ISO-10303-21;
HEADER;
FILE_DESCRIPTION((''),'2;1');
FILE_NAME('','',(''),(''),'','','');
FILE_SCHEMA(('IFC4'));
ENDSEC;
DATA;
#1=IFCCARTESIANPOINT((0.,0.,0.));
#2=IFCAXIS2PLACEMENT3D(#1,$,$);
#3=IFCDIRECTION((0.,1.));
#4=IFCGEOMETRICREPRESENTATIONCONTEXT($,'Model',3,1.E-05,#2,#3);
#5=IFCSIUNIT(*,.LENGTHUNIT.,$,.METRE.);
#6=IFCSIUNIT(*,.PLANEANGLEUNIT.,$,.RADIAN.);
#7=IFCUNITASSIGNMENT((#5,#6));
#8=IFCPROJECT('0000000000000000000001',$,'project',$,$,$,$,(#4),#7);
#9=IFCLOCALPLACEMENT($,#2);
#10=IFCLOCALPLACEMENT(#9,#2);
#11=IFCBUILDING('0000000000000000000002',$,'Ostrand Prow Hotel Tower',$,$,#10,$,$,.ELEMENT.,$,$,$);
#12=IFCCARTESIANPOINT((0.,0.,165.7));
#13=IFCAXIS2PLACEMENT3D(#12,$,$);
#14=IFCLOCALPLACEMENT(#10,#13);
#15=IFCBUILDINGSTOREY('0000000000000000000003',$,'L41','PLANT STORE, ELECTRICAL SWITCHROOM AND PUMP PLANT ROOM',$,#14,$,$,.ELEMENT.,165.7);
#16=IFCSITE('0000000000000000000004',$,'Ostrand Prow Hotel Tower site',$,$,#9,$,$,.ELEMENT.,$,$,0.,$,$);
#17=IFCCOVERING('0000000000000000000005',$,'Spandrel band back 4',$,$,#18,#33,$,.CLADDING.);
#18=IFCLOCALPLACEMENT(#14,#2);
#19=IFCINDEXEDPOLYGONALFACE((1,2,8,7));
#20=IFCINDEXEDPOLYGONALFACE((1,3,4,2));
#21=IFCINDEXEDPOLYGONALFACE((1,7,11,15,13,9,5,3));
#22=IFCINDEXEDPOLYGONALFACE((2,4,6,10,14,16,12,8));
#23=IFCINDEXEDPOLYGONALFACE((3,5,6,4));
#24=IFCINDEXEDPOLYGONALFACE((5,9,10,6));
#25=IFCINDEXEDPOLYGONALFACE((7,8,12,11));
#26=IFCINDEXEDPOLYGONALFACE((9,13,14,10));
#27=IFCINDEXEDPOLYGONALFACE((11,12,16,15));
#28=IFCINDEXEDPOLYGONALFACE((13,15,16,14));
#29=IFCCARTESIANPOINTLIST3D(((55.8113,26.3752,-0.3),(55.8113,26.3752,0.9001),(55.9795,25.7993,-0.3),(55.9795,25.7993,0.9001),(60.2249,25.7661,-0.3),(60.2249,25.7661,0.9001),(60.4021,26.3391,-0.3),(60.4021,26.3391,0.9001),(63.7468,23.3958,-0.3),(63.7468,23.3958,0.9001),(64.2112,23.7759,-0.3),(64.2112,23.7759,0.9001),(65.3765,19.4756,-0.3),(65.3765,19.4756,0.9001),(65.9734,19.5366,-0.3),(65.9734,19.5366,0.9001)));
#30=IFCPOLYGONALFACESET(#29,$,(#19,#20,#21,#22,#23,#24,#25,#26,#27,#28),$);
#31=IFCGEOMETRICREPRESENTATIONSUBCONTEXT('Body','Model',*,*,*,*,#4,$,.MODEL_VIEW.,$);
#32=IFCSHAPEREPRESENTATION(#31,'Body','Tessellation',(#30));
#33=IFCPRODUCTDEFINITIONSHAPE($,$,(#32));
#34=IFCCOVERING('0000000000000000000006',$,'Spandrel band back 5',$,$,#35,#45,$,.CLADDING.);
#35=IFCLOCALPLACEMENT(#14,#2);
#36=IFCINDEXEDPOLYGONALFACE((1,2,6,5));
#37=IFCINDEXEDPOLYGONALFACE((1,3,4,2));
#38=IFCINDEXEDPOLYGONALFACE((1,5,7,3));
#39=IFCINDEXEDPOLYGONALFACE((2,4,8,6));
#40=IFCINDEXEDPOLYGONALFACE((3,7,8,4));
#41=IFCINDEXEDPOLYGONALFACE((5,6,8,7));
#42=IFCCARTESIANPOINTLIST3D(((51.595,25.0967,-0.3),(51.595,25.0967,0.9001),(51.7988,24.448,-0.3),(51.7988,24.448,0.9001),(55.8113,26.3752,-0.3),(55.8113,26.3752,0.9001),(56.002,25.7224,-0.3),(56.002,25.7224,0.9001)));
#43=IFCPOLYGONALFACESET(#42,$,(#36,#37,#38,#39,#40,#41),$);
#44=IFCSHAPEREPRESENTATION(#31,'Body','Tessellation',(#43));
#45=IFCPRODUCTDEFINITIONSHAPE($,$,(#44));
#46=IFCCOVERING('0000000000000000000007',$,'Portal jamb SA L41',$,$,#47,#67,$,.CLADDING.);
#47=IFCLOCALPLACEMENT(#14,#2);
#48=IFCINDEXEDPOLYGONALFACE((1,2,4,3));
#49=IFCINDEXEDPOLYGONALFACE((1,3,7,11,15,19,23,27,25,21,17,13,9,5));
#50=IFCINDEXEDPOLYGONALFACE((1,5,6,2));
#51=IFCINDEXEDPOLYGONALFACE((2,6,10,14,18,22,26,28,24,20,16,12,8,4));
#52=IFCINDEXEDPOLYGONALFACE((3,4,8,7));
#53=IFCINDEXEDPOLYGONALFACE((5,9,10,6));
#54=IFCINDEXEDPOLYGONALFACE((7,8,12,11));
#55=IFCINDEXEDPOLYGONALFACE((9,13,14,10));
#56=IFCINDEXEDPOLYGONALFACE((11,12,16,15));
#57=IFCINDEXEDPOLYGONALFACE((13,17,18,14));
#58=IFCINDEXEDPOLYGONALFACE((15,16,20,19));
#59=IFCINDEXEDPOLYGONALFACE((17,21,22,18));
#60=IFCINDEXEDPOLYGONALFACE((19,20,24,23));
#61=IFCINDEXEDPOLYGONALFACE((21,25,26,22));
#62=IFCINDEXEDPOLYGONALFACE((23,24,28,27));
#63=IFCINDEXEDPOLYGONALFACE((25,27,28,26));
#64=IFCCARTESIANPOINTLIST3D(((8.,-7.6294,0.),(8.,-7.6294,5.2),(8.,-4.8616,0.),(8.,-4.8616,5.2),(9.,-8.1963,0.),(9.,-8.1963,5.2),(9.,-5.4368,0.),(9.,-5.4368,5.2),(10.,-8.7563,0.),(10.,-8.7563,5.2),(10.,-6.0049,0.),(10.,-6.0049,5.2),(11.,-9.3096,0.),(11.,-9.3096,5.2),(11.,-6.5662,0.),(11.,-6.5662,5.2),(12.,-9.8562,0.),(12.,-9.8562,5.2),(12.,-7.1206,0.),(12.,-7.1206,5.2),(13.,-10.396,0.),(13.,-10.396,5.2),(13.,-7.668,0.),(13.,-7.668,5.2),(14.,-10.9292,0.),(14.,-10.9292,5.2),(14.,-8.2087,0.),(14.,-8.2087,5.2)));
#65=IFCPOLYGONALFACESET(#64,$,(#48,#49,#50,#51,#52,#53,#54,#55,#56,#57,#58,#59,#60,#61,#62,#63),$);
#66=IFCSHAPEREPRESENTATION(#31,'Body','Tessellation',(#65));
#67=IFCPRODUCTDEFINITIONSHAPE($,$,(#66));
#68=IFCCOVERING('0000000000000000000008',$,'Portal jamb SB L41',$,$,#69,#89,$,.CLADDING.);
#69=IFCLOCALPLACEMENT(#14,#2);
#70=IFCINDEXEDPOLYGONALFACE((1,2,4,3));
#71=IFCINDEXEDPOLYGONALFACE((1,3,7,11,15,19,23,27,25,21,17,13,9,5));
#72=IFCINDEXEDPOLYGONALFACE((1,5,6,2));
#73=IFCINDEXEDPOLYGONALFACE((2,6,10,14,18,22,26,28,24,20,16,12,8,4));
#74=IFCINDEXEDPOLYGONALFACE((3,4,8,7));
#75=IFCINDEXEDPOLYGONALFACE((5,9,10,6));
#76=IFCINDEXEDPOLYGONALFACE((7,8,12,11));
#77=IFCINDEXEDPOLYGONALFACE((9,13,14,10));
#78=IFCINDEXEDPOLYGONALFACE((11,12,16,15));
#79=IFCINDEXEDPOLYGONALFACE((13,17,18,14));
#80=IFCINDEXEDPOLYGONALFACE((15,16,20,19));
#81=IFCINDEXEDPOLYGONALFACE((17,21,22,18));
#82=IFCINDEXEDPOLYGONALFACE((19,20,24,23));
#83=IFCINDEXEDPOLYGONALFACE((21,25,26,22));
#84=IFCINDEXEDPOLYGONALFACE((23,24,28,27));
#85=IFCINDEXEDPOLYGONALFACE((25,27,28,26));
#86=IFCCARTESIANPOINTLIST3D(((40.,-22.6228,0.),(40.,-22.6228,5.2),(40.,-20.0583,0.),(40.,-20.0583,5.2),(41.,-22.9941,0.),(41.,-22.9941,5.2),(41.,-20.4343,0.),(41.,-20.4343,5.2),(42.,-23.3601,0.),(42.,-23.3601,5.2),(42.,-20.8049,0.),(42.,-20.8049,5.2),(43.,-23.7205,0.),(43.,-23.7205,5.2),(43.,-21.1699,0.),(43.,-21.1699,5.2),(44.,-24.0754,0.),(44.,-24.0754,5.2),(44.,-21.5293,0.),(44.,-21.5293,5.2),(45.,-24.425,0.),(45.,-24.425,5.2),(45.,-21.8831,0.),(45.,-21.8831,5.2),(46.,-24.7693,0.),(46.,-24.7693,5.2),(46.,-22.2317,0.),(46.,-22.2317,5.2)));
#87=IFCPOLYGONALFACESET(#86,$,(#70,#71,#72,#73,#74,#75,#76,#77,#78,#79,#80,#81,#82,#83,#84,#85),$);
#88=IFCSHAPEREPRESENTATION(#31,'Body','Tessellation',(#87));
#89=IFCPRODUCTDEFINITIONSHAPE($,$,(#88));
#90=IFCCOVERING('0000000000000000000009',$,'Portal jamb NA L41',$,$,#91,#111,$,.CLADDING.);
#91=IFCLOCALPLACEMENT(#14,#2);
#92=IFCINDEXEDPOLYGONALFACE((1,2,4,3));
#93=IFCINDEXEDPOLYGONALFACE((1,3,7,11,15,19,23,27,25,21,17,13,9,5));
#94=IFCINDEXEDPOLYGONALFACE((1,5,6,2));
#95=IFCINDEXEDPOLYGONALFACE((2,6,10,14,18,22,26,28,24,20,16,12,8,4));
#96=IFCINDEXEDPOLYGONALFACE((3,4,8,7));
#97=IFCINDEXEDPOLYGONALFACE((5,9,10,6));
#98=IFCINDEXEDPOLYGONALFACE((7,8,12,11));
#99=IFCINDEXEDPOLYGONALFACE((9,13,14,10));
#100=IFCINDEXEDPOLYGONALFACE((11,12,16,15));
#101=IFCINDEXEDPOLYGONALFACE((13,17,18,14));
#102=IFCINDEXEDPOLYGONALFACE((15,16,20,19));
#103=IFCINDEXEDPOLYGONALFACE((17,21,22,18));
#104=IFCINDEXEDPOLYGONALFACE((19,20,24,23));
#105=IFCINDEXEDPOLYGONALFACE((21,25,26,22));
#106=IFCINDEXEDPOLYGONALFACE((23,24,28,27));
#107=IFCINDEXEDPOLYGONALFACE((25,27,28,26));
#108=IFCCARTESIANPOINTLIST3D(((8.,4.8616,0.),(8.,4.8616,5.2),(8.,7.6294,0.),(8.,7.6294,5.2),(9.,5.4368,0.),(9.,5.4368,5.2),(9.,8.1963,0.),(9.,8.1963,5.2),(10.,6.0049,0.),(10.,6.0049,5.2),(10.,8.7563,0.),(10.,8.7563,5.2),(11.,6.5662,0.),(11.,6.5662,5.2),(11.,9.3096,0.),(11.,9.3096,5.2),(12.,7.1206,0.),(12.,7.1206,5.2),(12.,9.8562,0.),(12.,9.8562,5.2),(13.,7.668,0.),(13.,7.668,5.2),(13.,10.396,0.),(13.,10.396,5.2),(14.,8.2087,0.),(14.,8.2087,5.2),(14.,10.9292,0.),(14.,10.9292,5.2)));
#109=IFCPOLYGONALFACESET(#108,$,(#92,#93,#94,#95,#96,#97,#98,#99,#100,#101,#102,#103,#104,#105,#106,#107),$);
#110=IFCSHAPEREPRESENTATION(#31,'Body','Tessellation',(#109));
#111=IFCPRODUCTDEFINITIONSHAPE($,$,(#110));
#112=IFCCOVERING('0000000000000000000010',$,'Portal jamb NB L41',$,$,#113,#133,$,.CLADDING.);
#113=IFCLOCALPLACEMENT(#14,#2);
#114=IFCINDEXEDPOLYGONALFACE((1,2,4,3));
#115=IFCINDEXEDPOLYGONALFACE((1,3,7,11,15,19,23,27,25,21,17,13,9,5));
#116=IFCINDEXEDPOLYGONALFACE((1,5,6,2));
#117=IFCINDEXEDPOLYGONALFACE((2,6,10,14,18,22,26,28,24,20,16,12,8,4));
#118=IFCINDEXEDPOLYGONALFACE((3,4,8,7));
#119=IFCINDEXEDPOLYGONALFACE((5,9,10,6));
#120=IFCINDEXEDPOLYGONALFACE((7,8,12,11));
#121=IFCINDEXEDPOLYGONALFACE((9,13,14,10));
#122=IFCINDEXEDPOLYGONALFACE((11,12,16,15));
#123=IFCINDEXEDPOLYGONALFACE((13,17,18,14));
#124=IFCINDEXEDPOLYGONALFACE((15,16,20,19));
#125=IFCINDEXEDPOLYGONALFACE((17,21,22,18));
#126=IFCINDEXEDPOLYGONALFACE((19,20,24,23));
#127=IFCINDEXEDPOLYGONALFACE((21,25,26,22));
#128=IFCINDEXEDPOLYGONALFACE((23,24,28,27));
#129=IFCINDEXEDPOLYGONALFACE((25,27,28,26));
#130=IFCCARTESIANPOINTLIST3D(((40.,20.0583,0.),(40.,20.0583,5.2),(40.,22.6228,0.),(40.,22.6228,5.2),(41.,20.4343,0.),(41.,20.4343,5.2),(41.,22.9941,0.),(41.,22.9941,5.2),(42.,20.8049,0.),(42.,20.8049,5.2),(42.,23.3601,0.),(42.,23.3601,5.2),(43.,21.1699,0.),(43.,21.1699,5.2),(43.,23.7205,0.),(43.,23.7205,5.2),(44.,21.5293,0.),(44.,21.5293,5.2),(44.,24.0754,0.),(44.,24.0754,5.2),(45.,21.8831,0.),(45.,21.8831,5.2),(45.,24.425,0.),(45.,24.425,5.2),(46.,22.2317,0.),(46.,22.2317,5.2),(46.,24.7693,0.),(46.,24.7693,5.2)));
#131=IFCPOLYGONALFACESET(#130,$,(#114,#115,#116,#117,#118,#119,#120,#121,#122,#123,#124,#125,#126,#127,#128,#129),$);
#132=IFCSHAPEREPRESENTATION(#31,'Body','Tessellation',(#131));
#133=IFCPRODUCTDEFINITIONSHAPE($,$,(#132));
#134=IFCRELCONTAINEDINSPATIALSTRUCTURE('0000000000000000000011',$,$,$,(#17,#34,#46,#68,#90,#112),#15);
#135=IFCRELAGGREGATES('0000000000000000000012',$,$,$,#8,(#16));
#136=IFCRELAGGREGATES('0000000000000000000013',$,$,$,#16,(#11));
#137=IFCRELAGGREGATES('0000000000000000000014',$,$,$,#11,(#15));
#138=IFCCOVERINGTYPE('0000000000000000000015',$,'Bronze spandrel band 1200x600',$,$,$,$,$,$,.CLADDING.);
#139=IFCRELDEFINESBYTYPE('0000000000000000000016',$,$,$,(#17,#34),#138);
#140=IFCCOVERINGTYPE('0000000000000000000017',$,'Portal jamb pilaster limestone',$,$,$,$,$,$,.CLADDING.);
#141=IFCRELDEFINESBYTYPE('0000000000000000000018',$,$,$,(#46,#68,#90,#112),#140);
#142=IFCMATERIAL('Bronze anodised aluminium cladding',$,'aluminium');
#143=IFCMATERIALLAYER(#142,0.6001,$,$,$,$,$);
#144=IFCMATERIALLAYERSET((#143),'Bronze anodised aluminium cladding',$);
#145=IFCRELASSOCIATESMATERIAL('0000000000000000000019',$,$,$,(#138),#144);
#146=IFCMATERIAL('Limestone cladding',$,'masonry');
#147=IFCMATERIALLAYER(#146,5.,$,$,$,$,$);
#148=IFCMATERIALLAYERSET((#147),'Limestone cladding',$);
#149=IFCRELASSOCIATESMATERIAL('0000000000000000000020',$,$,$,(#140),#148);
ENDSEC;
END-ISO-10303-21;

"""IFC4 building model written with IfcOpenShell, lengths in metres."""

from ifc_helpers import new_model, si_unit, direction, frame, origin, place, context, subcontext, project, spatial, polyline, outline, extrude, material, layer, layer_set, type_object, element, save


model = new_model("IFC4")

# Units and contexts
model_context = context("Model", 3, precision=1e-05, world=origin(), true_north=direction((0.0, 1.0)))
body_context = subcontext(model_context, "Body", "Model", "MODEL_VIEW")
ifc_project = project(units=[si_unit("LENGTHUNIT", "METRE"), si_unit("PLANEANGLEUNIT", "RADIAN")], contexts=[model_context])

# Site, building, storey
site_placement = place(None, origin())
site = spatial("IfcSite", under=ifc_project, at=site_placement, Name="Ostrand Prow Hotel Tower site", CompositionType="ELEMENT", RefElevation=0.0)
building_placement = place(site_placement, origin())
building = spatial("IfcBuilding", under=site, at=building_placement, Name="Ostrand Prow Hotel Tower", CompositionType="ELEMENT")
storey_placement = place(building_placement, frame((0.0, 0.0, 165.7)))
storey = spatial("IfcBuildingStorey", under=building, at=storey_placement, Name="L41", Description="PLANT STORE, ELECTRICAL SWITCHROOM AND PUMP PLANT ROOM", CompositionType="ELEMENT", Elevation=165.7)

# Coverings
ifc_material_1 = material(Name="Bronze anodised aluminium cladding", Category="aluminium")
ifc_layer_1 = layer(ifc_material_1, 0.6001)
ifc_layer_set_1 = layer_set([ifc_layer_1], Name="Bronze anodised aluminium cladding")
covering_type_1 = type_object("IfcCoveringType", Name="Bronze spandrel band 1200x600", PredefinedType="CLADDING", material=ifc_layer_set_1)
covering_1_placement = place(storey_placement, frame((0.0, 0.0, -0.3)))
element("IfcCovering", 1, at=covering_1_placement, inside=storey, type_object=covering_type_1, Name="Spandrel band back 4", PredefinedType="CLADDING", context=body_context, shape_type="SweptSolid", body=[
    extrude(outline(polyline([(65.9734, 19.5366), (64.2112, 23.7759), (60.4021, 26.3391), (55.8113, 26.3752), (55.9795, 25.7993), (60.2249, 25.7661), (63.7468, 23.3958), (65.3765, 19.4756), (65.9734, 19.5366)])), origin(), (0.0, 0.0, 1.0), 1.2002),
])
covering_2_placement = place(storey_placement, frame((0.0, 0.0, -0.3)))
element("IfcCovering", 2, at=covering_2_placement, inside=storey, type_object=covering_type_1, Name="Spandrel band back 5", PredefinedType="CLADDING", context=body_context, shape_type="SweptSolid", body=[
    extrude(outline(polyline([(55.8113, 26.3752), (51.595, 25.0967), (51.7988, 24.448), (56.002, 25.7224), (55.8113, 26.3752)])), origin(), (0.0, 0.0, 1.0), 1.2002),
])
ifc_material_2 = material(Name="Limestone cladding", Category="masonry")
ifc_layer_2 = layer(ifc_material_2, 5.0)
ifc_layer_set_2 = layer_set([ifc_layer_2], Name="Limestone cladding")
covering_type_2 = type_object("IfcCoveringType", Name="Portal jamb pilaster limestone", PredefinedType="CLADDING", material=ifc_layer_set_2)
covering_3_placement = place(storey_placement, origin())
element("IfcCovering", 3, at=covering_3_placement, inside=storey, type_object=covering_type_2, Name="Portal jamb SA L41", PredefinedType="CLADDING", context=body_context, shape_type="SweptSolid", body=[
    extrude(outline(polyline([(8.0, -4.8616), (8.0, -7.6294), (9.0, -8.1963), (10.0, -8.7563), (11.0, -9.3096), (12.0, -9.8562), (13.0, -10.396), (14.0, -10.9292), (14.0, -8.2087), (13.0, -7.668), (12.0, -7.1206), (11.0, -6.5662), (10.0, -6.0049), (9.0, -5.4368), (8.0, -4.8616)])), origin(), (0.0, 0.0, 1.0), 5.2),
])
covering_4_placement = place(storey_placement, origin())
element("IfcCovering", 4, at=covering_4_placement, inside=storey, type_object=covering_type_2, Name="Portal jamb SB L41", PredefinedType="CLADDING", context=body_context, shape_type="SweptSolid", body=[
    extrude(outline(polyline([(40.0, -20.0583), (40.0, -22.6228), (41.0, -22.9941), (42.0, -23.3601), (43.0, -23.7205), (44.0, -24.0754), (45.0, -24.425), (46.0, -24.7693), (46.0, -22.2317), (45.0, -21.8831), (44.0, -21.5293), (43.0, -21.1699), (42.0, -20.8049), (41.0, -20.4343), (40.0, -20.0583)])), origin(), (0.0, 0.0, 1.0), 5.2),
])
covering_5_placement = place(storey_placement, origin())
element("IfcCovering", 5, at=covering_5_placement, inside=storey, type_object=covering_type_2, Name="Portal jamb NA L41", PredefinedType="CLADDING", context=body_context, shape_type="SweptSolid", body=[
    extrude(outline(polyline([(8.0, 4.8616), (9.0, 5.4368), (10.0, 6.0049), (11.0, 6.5662), (12.0, 7.1206), (13.0, 7.668), (14.0, 8.2087), (14.0, 10.9292), (13.0, 10.396), (12.0, 9.8562), (11.0, 9.3096), (10.0, 8.7563), (9.0, 8.1963), (8.0, 7.6294), (8.0, 4.8616)])), origin(), (0.0, 0.0, 1.0), 5.2),
])
covering_6_placement = place(storey_placement, origin())
element("IfcCovering", 6, at=covering_6_placement, inside=storey, type_object=covering_type_2, Name="Portal jamb NB L41", PredefinedType="CLADDING", context=body_context, shape_type="SweptSolid", body=[
    extrude(outline(polyline([(40.0, 20.0583), (41.0, 20.4343), (42.0, 20.8049), (43.0, 21.1699), (44.0, 21.5293), (45.0, 21.8831), (46.0, 22.2317), (46.0, 24.7693), (45.0, 24.425), (44.0, 24.0754), (43.0, 23.7205), (42.0, 23.3601), (41.0, 22.9941), (40.0, 22.6228), (40.0, 20.0583)])), origin(), (0.0, 0.0, 1.0), 5.2),
])

save(model, "model.ifc")
